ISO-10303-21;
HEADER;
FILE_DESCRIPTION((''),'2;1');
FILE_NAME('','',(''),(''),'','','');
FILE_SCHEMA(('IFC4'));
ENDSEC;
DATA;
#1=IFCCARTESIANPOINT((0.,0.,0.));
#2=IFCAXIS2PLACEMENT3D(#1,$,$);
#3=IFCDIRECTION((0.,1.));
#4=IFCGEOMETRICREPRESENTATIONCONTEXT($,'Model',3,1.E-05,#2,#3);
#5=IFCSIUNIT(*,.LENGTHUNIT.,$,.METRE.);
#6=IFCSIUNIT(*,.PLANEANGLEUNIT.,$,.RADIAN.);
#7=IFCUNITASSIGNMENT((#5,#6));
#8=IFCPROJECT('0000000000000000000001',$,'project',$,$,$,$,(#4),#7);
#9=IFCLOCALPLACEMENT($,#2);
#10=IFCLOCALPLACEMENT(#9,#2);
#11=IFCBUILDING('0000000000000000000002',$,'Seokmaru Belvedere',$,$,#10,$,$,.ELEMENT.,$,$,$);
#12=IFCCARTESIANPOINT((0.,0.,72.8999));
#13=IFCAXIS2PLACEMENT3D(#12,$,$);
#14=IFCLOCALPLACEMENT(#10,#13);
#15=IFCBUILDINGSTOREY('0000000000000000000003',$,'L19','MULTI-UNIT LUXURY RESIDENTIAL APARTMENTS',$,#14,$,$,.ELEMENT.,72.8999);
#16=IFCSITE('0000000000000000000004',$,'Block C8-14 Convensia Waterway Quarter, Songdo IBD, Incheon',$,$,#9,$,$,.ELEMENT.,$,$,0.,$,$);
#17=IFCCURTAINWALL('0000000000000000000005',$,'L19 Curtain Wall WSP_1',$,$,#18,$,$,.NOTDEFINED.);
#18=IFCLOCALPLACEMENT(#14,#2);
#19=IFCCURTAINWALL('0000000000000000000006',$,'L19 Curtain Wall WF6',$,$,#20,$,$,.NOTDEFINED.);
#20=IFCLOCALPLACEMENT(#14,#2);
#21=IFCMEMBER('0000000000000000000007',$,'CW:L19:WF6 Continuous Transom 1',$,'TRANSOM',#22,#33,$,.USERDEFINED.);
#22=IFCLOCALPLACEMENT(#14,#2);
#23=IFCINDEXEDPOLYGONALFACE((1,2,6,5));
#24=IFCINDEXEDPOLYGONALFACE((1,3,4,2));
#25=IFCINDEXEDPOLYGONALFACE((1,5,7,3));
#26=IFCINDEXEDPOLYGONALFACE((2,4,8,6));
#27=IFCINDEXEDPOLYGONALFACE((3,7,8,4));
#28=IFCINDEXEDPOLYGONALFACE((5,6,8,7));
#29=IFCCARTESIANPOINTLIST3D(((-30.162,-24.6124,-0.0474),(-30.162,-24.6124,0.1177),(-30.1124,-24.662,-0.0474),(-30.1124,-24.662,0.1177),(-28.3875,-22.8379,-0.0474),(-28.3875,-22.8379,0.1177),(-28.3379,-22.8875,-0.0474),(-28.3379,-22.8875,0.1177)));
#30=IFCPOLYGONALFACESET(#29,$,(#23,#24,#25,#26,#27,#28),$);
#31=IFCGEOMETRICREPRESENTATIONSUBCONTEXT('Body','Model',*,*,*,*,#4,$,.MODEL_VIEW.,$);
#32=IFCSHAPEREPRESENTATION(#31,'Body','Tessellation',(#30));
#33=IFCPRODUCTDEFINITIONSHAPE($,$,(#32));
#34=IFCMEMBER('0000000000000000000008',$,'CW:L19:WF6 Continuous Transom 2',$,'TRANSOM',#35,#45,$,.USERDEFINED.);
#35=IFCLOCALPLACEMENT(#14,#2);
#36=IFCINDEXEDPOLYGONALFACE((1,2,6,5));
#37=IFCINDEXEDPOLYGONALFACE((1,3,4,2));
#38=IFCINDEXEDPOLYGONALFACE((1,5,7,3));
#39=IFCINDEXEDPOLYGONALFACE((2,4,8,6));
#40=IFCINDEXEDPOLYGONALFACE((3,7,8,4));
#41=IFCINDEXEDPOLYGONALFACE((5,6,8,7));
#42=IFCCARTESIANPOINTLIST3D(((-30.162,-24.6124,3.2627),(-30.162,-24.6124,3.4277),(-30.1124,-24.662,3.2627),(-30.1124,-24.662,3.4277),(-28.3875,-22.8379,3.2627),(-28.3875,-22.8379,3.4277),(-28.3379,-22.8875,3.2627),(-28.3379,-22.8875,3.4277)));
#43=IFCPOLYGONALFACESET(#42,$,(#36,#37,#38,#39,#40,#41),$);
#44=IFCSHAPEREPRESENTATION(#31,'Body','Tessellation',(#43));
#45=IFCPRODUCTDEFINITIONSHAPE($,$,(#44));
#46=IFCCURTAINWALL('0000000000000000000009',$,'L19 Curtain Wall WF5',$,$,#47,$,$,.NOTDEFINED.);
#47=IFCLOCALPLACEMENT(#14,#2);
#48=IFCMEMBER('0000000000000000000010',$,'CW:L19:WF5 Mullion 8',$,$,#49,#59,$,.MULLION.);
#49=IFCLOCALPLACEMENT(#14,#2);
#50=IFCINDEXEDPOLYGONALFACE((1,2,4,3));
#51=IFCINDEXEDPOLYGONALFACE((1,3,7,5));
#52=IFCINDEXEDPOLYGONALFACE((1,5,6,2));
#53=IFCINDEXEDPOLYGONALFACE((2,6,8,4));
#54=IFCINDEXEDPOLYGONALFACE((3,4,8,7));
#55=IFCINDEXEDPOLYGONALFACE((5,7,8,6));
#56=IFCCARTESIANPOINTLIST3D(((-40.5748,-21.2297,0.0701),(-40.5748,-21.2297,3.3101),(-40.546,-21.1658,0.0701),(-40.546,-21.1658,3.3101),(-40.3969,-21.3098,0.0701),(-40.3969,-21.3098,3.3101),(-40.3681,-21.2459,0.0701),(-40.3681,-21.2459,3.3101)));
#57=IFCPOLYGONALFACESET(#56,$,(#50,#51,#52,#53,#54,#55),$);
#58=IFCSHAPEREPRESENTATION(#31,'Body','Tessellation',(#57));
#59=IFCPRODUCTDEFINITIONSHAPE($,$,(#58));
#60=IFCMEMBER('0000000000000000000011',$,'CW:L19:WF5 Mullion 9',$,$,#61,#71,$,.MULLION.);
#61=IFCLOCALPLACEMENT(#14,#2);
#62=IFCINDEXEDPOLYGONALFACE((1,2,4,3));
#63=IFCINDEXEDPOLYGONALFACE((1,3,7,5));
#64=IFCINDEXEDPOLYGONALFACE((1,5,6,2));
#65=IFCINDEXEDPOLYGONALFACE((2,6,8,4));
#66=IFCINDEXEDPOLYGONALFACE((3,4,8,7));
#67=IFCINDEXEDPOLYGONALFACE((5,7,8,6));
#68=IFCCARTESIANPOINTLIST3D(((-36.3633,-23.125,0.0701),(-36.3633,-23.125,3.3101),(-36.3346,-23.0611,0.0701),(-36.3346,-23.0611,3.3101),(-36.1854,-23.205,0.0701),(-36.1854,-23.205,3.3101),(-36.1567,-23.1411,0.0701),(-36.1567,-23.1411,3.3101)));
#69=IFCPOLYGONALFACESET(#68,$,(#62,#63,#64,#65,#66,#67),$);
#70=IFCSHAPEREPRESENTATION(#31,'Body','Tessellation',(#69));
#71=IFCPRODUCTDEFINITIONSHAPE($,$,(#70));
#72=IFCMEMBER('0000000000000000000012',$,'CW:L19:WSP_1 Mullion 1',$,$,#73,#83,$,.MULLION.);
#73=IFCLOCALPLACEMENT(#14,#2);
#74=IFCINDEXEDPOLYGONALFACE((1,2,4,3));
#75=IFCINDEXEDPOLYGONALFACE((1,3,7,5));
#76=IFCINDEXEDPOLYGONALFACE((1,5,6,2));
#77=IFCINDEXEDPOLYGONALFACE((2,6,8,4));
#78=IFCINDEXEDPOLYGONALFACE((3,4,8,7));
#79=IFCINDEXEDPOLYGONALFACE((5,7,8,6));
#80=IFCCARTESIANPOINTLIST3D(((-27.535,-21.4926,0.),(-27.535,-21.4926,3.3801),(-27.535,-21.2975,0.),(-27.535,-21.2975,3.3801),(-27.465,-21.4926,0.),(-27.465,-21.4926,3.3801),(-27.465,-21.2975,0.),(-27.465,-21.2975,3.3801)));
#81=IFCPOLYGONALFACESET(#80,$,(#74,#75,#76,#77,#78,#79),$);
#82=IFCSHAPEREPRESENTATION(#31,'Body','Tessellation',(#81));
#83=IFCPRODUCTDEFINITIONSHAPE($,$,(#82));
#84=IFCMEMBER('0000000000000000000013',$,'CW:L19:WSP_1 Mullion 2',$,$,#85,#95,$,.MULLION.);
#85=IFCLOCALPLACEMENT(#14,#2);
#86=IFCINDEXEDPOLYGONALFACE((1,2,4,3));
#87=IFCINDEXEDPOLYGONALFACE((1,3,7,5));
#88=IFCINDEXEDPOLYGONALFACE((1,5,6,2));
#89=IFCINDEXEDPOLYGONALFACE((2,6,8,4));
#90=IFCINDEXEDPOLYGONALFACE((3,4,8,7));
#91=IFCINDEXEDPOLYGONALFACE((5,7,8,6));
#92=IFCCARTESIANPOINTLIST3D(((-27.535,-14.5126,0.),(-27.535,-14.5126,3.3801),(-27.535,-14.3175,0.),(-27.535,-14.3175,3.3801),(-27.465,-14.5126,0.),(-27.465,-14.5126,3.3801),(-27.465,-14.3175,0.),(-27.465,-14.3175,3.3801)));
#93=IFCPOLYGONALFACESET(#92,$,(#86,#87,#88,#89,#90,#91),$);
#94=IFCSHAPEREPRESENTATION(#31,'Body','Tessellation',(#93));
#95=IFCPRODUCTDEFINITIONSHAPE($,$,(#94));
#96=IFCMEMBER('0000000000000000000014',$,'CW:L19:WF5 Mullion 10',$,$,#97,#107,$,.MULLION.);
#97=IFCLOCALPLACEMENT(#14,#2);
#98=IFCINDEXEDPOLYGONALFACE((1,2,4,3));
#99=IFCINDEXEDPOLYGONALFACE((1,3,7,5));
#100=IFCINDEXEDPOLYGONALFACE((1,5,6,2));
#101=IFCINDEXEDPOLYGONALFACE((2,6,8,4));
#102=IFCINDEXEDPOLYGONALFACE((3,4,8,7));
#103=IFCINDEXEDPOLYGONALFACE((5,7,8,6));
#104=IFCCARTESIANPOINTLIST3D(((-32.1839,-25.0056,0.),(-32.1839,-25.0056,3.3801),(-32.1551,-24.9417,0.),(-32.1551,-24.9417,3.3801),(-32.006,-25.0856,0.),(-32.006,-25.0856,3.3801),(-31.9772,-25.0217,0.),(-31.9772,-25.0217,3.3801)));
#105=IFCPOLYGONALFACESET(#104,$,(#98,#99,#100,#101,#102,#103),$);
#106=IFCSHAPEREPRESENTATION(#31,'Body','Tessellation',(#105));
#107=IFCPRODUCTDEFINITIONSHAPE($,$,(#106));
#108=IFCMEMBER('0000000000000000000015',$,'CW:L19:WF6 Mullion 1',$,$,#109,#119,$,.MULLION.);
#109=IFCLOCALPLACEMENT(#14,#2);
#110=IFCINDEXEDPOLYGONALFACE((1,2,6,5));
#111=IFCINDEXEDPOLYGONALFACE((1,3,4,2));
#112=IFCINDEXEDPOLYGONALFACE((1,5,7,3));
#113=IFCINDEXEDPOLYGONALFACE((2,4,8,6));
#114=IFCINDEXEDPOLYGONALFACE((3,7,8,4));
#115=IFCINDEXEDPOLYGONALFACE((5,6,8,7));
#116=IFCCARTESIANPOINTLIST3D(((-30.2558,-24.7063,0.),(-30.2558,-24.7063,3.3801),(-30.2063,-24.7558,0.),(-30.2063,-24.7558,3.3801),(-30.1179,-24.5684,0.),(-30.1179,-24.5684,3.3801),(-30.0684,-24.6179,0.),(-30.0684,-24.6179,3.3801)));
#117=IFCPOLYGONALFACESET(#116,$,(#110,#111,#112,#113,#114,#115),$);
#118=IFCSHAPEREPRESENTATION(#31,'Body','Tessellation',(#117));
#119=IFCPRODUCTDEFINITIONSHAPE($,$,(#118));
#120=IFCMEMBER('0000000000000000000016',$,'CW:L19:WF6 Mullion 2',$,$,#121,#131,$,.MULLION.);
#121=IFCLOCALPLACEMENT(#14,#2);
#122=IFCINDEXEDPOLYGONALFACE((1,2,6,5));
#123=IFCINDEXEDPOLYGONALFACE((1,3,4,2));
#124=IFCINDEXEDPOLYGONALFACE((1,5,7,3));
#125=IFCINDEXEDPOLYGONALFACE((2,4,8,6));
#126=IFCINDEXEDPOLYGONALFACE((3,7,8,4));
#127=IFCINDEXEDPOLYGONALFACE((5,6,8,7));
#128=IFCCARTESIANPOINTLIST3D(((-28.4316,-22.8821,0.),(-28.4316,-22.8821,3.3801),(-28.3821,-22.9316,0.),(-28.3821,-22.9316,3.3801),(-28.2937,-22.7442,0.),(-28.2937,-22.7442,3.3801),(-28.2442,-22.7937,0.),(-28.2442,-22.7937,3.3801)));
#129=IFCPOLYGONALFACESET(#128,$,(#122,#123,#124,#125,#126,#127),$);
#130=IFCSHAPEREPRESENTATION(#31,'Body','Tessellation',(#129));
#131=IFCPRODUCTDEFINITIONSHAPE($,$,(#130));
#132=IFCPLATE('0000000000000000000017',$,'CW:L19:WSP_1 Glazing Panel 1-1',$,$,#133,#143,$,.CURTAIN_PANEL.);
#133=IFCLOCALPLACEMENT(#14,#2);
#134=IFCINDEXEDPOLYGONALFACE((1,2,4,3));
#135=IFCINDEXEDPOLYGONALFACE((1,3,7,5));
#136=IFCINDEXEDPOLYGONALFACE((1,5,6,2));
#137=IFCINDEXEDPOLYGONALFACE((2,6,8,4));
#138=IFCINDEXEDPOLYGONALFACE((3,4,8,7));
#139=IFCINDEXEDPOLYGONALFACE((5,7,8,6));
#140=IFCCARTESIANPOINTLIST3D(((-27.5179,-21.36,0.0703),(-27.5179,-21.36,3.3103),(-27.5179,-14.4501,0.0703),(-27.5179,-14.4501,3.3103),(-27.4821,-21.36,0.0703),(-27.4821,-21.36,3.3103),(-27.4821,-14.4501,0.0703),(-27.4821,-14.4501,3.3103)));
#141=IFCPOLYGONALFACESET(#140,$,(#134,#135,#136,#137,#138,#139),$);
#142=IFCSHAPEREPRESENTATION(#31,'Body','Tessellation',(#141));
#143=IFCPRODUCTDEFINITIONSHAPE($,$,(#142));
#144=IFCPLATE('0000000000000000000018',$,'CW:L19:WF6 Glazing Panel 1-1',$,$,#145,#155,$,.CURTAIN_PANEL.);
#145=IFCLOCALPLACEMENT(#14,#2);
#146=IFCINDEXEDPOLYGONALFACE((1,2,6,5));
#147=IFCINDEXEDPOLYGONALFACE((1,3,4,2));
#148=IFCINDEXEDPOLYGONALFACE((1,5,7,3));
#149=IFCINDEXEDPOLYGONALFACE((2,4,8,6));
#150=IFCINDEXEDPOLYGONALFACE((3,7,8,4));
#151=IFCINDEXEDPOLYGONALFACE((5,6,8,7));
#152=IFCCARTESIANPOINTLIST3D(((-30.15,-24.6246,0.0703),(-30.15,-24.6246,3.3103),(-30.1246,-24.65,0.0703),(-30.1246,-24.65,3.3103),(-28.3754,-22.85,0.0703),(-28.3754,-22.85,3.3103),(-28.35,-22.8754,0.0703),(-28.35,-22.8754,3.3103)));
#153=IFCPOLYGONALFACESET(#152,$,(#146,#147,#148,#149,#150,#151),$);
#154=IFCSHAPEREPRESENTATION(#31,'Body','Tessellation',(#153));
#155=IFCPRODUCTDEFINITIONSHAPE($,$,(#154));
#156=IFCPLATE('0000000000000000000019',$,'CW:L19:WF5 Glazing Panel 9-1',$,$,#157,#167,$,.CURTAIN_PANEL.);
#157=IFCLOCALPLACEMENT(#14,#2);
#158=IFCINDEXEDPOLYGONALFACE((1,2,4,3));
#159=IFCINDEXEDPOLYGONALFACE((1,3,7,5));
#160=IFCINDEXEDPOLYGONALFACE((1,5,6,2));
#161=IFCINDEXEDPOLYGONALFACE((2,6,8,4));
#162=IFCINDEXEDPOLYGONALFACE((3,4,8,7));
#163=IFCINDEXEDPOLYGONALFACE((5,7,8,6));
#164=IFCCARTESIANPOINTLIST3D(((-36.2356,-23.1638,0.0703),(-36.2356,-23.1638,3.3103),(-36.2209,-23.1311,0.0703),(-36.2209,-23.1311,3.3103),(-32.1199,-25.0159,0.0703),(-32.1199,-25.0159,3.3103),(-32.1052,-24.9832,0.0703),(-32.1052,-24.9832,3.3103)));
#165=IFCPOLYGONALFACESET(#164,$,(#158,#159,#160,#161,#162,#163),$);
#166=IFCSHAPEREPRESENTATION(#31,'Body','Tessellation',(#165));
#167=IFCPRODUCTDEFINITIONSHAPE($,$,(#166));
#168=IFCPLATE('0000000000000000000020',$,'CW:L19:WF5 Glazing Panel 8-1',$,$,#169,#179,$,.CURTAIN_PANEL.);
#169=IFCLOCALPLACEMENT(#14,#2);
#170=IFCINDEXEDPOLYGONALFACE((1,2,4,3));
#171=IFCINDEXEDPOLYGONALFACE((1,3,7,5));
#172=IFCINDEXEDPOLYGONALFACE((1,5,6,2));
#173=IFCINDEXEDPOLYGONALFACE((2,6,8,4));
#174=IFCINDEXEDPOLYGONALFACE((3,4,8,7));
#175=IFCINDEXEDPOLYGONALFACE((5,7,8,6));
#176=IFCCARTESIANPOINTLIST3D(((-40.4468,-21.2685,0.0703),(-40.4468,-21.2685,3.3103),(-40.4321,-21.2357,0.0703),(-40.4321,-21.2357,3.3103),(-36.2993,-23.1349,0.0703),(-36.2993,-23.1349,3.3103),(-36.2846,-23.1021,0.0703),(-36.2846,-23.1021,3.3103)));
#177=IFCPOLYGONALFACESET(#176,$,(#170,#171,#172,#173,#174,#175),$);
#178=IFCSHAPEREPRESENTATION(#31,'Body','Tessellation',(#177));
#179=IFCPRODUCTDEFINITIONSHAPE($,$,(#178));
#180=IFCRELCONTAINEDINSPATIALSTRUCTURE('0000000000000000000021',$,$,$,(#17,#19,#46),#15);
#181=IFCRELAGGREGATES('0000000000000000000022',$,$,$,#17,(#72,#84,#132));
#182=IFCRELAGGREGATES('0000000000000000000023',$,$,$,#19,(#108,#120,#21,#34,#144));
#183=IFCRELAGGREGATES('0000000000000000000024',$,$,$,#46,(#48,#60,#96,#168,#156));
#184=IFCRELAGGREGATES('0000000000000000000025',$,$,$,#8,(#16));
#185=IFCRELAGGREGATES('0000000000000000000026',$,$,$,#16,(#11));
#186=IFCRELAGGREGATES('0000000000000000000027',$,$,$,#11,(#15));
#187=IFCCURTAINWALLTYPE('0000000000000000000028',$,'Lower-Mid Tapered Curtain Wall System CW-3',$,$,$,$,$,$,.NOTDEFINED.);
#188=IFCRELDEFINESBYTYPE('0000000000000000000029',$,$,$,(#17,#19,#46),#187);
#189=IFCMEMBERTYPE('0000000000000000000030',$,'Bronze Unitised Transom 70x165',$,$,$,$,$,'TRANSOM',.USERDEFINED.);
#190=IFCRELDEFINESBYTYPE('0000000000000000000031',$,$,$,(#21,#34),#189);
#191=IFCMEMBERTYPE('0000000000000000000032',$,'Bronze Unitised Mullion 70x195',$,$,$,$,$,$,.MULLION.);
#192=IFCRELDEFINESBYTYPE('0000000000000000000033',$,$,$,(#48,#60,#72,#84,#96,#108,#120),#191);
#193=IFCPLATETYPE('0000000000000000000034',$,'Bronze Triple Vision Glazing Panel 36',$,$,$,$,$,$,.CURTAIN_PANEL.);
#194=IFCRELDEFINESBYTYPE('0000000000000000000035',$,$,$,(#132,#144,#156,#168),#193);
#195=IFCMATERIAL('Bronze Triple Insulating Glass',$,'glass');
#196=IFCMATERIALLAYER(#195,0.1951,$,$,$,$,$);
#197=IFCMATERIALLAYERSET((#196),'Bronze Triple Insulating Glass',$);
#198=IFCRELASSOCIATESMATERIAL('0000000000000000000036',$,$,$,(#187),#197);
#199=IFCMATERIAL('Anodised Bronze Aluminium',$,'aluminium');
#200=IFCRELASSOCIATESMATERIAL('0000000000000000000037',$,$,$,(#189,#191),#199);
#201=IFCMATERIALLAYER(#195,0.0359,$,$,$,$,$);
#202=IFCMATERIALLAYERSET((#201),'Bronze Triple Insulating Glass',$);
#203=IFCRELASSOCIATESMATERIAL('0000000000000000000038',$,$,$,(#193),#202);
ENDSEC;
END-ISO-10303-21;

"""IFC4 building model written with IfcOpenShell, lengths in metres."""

from ifc_helpers import new_model, si_unit, direction, frame, origin, origin_2d, place, context, subcontext, project, spatial, rectangle, extrude, source, transform, mapped, material, layer, layer_set, material_profile, profile_set, type_object, type_shapes, element, aggregate, save


model = new_model("IFC4")

# Units and contexts
model_context = context("Model", 3, precision=1e-05, world=origin(), true_north=direction((0.0, 1.0)))
body_context = subcontext(model_context, "Body", "Model", "MODEL_VIEW")
ifc_project = project(units=[si_unit("LENGTHUNIT", "METRE"), si_unit("PLANEANGLEUNIT", "RADIAN")], contexts=[model_context])

# Site, building, storey
site_placement = place(None, origin())
site = spatial("IfcSite", under=ifc_project, at=site_placement, Name="Block C8-14 Convensia Waterway Quarter, Songdo IBD, Incheon", CompositionType="ELEMENT", RefElevation=0.0)
building_placement = place(site_placement, origin())
building = spatial("IfcBuilding", under=site, at=building_placement, Name="Seokmaru Belvedere", CompositionType="ELEMENT")
storey_placement = place(building_placement, frame((0.0, 0.0, 72.8999)))
storey = spatial("IfcBuildingStorey", under=building, at=storey_placement, Name="L19", Description="MULTI-UNIT LUXURY RESIDENTIAL APARTMENTS", CompositionType="ELEMENT", Elevation=72.8999)

# Curtain walls, members
ifc_material_1 = material(Name="Bronze Triple Insulating Glass", Category="glass")
ifc_layer_1 = layer(ifc_material_1, 0.1951)
ifc_layer_set_1 = layer_set([ifc_layer_1], Name="Bronze Triple Insulating Glass")
curtain_wall_type = type_object("IfcCurtainWallType", Name="Lower-Mid Tapered Curtain Wall System CW-3", PredefinedType="NOTDEFINED", material=ifc_layer_set_1)
curtain_wall_1_placement = place(storey_placement, origin())
curtain_wall_1 = element("IfcCurtainWall", 1, at=curtain_wall_1_placement, inside=storey, type_object=curtain_wall_type, Name="L19 Curtain Wall WSP_1", PredefinedType="NOTDEFINED")
ifc_material_2 = material(Name="Anodised Bronze Aluminium", Category="aluminium")
ifc_material_profile_1 = material_profile(ifc_material_2, rectangle(XDim=0.0701, YDim=0.165, at=origin_2d()), Name="CW-T-70x165")
ifc_profile_set_1 = profile_set([ifc_material_profile_1], Name="Anodised Bronze Aluminium")
member_type_1 = type_object("IfcMemberType", Name="Bronze Unitised Transom 70x165", ElementType="TRANSOM", PredefinedType="USERDEFINED", material=ifc_profile_set_1)
curtain_wall_2_placement = place(storey_placement, origin())
curtain_wall_2 = element("IfcCurtainWall", 2, at=curtain_wall_2_placement, inside=storey, type_object=curtain_wall_type, Name="L19 Curtain Wall WF6", PredefinedType="NOTDEFINED")
shared_shape_1 = source(origin(), body_context, "Body", "SweptSolid", [
    extrude(rectangle(XDim=0.0701, YDim=0.165, at=origin_2d()), origin(), (0.0, 0.0, 1.0), 2.5095),
])
member_1_placement = place(storey_placement, frame((-30.1372, -24.6372, 0.0352), z_axis=(0.707107, 0.707107, 0.0), x_axis=(-0.707107, 0.707107, 0.0)))
member_1 = element("IfcMember", 3, at=member_1_placement, type_object=member_type_1, Name="CW:L19:WF6 Continuous Transom 1", ObjectType="TRANSOM", PredefinedType="USERDEFINED", context=body_context, shape_type="MappedRepresentation", body=[
    mapped(shared_shape_1, transform((0.0, 0.0, 0.0), scale=1.0)),
])
member_2_placement = place(storey_placement, frame((-30.1372, -24.6372, 3.3452), z_axis=(0.707107, 0.707107, 0.0), x_axis=(-0.707107, 0.707107, 0.0)))
member_2 = element("IfcMember", 4, at=member_2_placement, type_object=member_type_1, Name="CW:L19:WF6 Continuous Transom 2", ObjectType="TRANSOM", PredefinedType="USERDEFINED", context=body_context, shape_type="MappedRepresentation", body=[
    mapped(shared_shape_1, transform((0.0, 0.0, 0.0), scale=1.0)),
])
curtain_wall_3_placement = place(storey_placement, origin())
curtain_wall_3 = element("IfcCurtainWall", 5, at=curtain_wall_3_placement, inside=storey, type_object=curtain_wall_type, Name="L19 Curtain Wall WF5", PredefinedType="NOTDEFINED")
ifc_material_profile_2 = material_profile(ifc_material_2, rectangle(XDim=0.0701, YDim=0.1951, at=origin_2d()), Name="CW-M-70x195")
ifc_profile_set_2 = profile_set([ifc_material_profile_2], Name="Anodised Bronze Aluminium")
member_type_2 = type_object("IfcMemberType", Name="Bronze Unitised Mullion 70x195", PredefinedType="MULLION", material=ifc_profile_set_2)
shared_shape_2 = source(origin(), body_context, "Body", "SweptSolid", [
    extrude(rectangle(XDim=0.0701, YDim=0.1951, at=origin_2d()), origin(), (0.0, 0.0, 1.0), 3.24),
])
member_3_placement = place(storey_placement, frame((-40.4714, -21.2378, 0.0701), z_axis=(0.0, 0.0, 1.0), x_axis=(0.410366, 0.911921, 0.0)))
member_3 = element("IfcMember", 6, at=member_3_placement, type_object=member_type_2, Name="CW:L19:WF5 Mullion 8", PredefinedType="MULLION", context=body_context, shape_type="MappedRepresentation", body=[
    mapped(shared_shape_2, transform((0.0, 0.0, 0.0), scale=1.0)),
])
member_4_placement = place(storey_placement, frame((-36.26, -23.1331, 0.0701), z_axis=(0.0, 0.0, 1.0), x_axis=(0.410366, 0.911921, 0.0)))
member_4 = element("IfcMember", 7, at=member_4_placement, type_object=member_type_2, Name="CW:L19:WF5 Mullion 9", PredefinedType="MULLION", context=body_context, shape_type="MappedRepresentation", body=[
    mapped(shared_shape_2, transform((0.0, 0.0, 0.0), scale=1.0)),
])

# Members
shared_shape_3 = source(origin(), body_context, "Body", "SweptSolid", [
    extrude(rectangle(XDim=0.0701, YDim=0.1951, at=origin_2d()), origin(), (0.0, 0.0, 1.0), 3.3801),
])
type_shapes(member_type_2, [shared_shape_2, shared_shape_3])
member_5_placement = place(storey_placement, frame((-27.5, -21.395, 0.0), z_axis=(0.0, 0.0, 1.0), x_axis=(-1.0, 0.0, 0.0)))
member_5 = element("IfcMember", 8, at=member_5_placement, type_object=member_type_2, Name="CW:L19:WSP_1 Mullion 1", PredefinedType="MULLION", context=body_context, shape_type="MappedRepresentation", body=[
    mapped(shared_shape_3, transform((0.0, 0.0, 0.0), scale=1.0)),
])
member_6_placement = place(storey_placement, frame((-27.5, -14.415, 0.0), z_axis=(0.0, 0.0, 1.0), x_axis=(-1.0, 0.0, 0.0)))
member_6 = element("IfcMember", 9, at=member_6_placement, type_object=member_type_2, Name="CW:L19:WSP_1 Mullion 2", PredefinedType="MULLION", context=body_context, shape_type="MappedRepresentation", body=[
    mapped(shared_shape_3, transform((0.0, 0.0, 0.0), scale=1.0)),
])
member_7_placement = place(storey_placement, frame((-32.0806, -25.0137, 0.0), z_axis=(0.0, 0.0, 1.0), x_axis=(0.410366, 0.911921, 0.0)))
member_7 = element("IfcMember", 10, at=member_7_placement, type_object=member_type_2, Name="CW:L19:WF5 Mullion 10", PredefinedType="MULLION", context=body_context, shape_type="MappedRepresentation", body=[
    mapped(shared_shape_3, transform((0.0, 0.0, 0.0), scale=1.0)),
])
member_8_placement = place(storey_placement, frame((-30.1621, -24.6621, 0.0), z_axis=(0.0, 0.0, 1.0), x_axis=(-0.707107, 0.707107, 0.0)))
member_8 = element("IfcMember", 11, at=member_8_placement, type_object=member_type_2, Name="CW:L19:WF6 Mullion 1", PredefinedType="MULLION", context=body_context, shape_type="MappedRepresentation", body=[
    mapped(shared_shape_3, transform((0.0, 0.0, 0.0), scale=1.0)),
])
member_9_placement = place(storey_placement, frame((-28.3379, -22.8379, 0.0), z_axis=(0.0, 0.0, 1.0), x_axis=(-0.707107, 0.707107, 0.0)))
member_9 = element("IfcMember", 12, at=member_9_placement, type_object=member_type_2, Name="CW:L19:WF6 Mullion 2", PredefinedType="MULLION", context=body_context, shape_type="MappedRepresentation", body=[
    mapped(shared_shape_3, transform((0.0, 0.0, 0.0), scale=1.0)),
])

# Plates
ifc_layer_2 = layer(ifc_material_1, 0.0359)
ifc_layer_set_2 = layer_set([ifc_layer_2], Name="Bronze Triple Insulating Glass")
plate_type = type_object("IfcPlateType", Name="Bronze Triple Vision Glazing Panel 36", PredefinedType="CURTAIN_PANEL", material=ifc_layer_set_2)
shared_shape_4 = source(origin(), body_context, "Body", "SweptSolid", [
    extrude(rectangle(XDim=6.9099, YDim=0.0359, at=origin_2d()), origin(), (0.0, 0.0, 1.0), 3.24),
])
plate_1_placement = place(storey_placement, frame((-27.5, -17.905, 0.0703), z_axis=(0.0, 0.0, 1.0), x_axis=(0.0, 1.0, 0.0)))
plate_1 = element("IfcPlate", 13, at=plate_1_placement, type_object=plate_type, Name="CW:L19:WSP_1 Glazing Panel 1-1", PredefinedType="CURTAIN_PANEL", context=body_context, shape_type="MappedRepresentation", body=[
    mapped(shared_shape_4, transform((0.0, 0.0, 0.0), scale=1.0)),
])
aggregate(curtain_wall_1, [member_5, member_6, plate_1])
shared_shape_5 = source(origin(), body_context, "Body", "SweptSolid", [
    extrude(rectangle(XDim=2.5098, YDim=0.0359, at=origin_2d()), origin(), (0.0, 0.0, 1.0), 3.24),
])
plate_2_placement = place(storey_placement, frame((-29.25, -23.75, 0.0703), z_axis=(0.0, 0.0, 1.0), x_axis=(0.707107, 0.707107, 0.0)))
plate_2 = element("IfcPlate", 14, at=plate_2_placement, type_object=plate_type, Name="CW:L19:WF6 Glazing Panel 1-1", PredefinedType="CURTAIN_PANEL", context=body_context, shape_type="MappedRepresentation", body=[
    mapped(shared_shape_5, transform((0.0, 0.0, 0.0), scale=1.0)),
])
aggregate(curtain_wall_2, [member_8, member_9, member_1, member_2, plate_2])
shared_shape_6 = source(origin(), body_context, "Body", "SweptSolid", [
    extrude(rectangle(XDim=4.5132, YDim=0.0359, at=origin_2d()), origin(), (0.0, 0.0, 1.0), 3.24),
])
plate_3_placement = place(storey_placement, frame((-34.1704, -24.0735, 0.0703), z_axis=(0.0, 0.0, 1.0), x_axis=(0.911921, -0.410366, 0.0)))
plate_3 = element("IfcPlate", 15, at=plate_3_placement, type_object=plate_type, Name="CW:L19:WF5 Glazing Panel 9-1", PredefinedType="CURTAIN_PANEL", context=body_context, shape_type="MappedRepresentation", body=[
    mapped(shared_shape_6, transform((0.0, 0.0, 0.0), scale=1.0)),
])
shared_shape_7 = source(origin(), body_context, "Body", "SweptSolid", [
    extrude(rectangle(XDim=4.5481, YDim=0.0359, at=origin_2d()), origin(), (0.0, 0.0, 1.0), 3.24),
])
type_shapes(plate_type, [shared_shape_4, shared_shape_5, shared_shape_6, shared_shape_7])
plate_4_placement = place(storey_placement, frame((-38.3657, -22.1853, 0.0703), z_axis=(0.0, 0.0, 1.0), x_axis=(0.911921, -0.410366, 0.0)))
plate_4 = element("IfcPlate", 16, at=plate_4_placement, type_object=plate_type, Name="CW:L19:WF5 Glazing Panel 8-1", PredefinedType="CURTAIN_PANEL", context=body_context, shape_type="MappedRepresentation", body=[
    mapped(shared_shape_7, transform((0.0, 0.0, 0.0), scale=1.0)),
])
aggregate(curtain_wall_3, [member_3, member_4, member_7, plate_4, plate_3])

save(model, "model.ifc")
